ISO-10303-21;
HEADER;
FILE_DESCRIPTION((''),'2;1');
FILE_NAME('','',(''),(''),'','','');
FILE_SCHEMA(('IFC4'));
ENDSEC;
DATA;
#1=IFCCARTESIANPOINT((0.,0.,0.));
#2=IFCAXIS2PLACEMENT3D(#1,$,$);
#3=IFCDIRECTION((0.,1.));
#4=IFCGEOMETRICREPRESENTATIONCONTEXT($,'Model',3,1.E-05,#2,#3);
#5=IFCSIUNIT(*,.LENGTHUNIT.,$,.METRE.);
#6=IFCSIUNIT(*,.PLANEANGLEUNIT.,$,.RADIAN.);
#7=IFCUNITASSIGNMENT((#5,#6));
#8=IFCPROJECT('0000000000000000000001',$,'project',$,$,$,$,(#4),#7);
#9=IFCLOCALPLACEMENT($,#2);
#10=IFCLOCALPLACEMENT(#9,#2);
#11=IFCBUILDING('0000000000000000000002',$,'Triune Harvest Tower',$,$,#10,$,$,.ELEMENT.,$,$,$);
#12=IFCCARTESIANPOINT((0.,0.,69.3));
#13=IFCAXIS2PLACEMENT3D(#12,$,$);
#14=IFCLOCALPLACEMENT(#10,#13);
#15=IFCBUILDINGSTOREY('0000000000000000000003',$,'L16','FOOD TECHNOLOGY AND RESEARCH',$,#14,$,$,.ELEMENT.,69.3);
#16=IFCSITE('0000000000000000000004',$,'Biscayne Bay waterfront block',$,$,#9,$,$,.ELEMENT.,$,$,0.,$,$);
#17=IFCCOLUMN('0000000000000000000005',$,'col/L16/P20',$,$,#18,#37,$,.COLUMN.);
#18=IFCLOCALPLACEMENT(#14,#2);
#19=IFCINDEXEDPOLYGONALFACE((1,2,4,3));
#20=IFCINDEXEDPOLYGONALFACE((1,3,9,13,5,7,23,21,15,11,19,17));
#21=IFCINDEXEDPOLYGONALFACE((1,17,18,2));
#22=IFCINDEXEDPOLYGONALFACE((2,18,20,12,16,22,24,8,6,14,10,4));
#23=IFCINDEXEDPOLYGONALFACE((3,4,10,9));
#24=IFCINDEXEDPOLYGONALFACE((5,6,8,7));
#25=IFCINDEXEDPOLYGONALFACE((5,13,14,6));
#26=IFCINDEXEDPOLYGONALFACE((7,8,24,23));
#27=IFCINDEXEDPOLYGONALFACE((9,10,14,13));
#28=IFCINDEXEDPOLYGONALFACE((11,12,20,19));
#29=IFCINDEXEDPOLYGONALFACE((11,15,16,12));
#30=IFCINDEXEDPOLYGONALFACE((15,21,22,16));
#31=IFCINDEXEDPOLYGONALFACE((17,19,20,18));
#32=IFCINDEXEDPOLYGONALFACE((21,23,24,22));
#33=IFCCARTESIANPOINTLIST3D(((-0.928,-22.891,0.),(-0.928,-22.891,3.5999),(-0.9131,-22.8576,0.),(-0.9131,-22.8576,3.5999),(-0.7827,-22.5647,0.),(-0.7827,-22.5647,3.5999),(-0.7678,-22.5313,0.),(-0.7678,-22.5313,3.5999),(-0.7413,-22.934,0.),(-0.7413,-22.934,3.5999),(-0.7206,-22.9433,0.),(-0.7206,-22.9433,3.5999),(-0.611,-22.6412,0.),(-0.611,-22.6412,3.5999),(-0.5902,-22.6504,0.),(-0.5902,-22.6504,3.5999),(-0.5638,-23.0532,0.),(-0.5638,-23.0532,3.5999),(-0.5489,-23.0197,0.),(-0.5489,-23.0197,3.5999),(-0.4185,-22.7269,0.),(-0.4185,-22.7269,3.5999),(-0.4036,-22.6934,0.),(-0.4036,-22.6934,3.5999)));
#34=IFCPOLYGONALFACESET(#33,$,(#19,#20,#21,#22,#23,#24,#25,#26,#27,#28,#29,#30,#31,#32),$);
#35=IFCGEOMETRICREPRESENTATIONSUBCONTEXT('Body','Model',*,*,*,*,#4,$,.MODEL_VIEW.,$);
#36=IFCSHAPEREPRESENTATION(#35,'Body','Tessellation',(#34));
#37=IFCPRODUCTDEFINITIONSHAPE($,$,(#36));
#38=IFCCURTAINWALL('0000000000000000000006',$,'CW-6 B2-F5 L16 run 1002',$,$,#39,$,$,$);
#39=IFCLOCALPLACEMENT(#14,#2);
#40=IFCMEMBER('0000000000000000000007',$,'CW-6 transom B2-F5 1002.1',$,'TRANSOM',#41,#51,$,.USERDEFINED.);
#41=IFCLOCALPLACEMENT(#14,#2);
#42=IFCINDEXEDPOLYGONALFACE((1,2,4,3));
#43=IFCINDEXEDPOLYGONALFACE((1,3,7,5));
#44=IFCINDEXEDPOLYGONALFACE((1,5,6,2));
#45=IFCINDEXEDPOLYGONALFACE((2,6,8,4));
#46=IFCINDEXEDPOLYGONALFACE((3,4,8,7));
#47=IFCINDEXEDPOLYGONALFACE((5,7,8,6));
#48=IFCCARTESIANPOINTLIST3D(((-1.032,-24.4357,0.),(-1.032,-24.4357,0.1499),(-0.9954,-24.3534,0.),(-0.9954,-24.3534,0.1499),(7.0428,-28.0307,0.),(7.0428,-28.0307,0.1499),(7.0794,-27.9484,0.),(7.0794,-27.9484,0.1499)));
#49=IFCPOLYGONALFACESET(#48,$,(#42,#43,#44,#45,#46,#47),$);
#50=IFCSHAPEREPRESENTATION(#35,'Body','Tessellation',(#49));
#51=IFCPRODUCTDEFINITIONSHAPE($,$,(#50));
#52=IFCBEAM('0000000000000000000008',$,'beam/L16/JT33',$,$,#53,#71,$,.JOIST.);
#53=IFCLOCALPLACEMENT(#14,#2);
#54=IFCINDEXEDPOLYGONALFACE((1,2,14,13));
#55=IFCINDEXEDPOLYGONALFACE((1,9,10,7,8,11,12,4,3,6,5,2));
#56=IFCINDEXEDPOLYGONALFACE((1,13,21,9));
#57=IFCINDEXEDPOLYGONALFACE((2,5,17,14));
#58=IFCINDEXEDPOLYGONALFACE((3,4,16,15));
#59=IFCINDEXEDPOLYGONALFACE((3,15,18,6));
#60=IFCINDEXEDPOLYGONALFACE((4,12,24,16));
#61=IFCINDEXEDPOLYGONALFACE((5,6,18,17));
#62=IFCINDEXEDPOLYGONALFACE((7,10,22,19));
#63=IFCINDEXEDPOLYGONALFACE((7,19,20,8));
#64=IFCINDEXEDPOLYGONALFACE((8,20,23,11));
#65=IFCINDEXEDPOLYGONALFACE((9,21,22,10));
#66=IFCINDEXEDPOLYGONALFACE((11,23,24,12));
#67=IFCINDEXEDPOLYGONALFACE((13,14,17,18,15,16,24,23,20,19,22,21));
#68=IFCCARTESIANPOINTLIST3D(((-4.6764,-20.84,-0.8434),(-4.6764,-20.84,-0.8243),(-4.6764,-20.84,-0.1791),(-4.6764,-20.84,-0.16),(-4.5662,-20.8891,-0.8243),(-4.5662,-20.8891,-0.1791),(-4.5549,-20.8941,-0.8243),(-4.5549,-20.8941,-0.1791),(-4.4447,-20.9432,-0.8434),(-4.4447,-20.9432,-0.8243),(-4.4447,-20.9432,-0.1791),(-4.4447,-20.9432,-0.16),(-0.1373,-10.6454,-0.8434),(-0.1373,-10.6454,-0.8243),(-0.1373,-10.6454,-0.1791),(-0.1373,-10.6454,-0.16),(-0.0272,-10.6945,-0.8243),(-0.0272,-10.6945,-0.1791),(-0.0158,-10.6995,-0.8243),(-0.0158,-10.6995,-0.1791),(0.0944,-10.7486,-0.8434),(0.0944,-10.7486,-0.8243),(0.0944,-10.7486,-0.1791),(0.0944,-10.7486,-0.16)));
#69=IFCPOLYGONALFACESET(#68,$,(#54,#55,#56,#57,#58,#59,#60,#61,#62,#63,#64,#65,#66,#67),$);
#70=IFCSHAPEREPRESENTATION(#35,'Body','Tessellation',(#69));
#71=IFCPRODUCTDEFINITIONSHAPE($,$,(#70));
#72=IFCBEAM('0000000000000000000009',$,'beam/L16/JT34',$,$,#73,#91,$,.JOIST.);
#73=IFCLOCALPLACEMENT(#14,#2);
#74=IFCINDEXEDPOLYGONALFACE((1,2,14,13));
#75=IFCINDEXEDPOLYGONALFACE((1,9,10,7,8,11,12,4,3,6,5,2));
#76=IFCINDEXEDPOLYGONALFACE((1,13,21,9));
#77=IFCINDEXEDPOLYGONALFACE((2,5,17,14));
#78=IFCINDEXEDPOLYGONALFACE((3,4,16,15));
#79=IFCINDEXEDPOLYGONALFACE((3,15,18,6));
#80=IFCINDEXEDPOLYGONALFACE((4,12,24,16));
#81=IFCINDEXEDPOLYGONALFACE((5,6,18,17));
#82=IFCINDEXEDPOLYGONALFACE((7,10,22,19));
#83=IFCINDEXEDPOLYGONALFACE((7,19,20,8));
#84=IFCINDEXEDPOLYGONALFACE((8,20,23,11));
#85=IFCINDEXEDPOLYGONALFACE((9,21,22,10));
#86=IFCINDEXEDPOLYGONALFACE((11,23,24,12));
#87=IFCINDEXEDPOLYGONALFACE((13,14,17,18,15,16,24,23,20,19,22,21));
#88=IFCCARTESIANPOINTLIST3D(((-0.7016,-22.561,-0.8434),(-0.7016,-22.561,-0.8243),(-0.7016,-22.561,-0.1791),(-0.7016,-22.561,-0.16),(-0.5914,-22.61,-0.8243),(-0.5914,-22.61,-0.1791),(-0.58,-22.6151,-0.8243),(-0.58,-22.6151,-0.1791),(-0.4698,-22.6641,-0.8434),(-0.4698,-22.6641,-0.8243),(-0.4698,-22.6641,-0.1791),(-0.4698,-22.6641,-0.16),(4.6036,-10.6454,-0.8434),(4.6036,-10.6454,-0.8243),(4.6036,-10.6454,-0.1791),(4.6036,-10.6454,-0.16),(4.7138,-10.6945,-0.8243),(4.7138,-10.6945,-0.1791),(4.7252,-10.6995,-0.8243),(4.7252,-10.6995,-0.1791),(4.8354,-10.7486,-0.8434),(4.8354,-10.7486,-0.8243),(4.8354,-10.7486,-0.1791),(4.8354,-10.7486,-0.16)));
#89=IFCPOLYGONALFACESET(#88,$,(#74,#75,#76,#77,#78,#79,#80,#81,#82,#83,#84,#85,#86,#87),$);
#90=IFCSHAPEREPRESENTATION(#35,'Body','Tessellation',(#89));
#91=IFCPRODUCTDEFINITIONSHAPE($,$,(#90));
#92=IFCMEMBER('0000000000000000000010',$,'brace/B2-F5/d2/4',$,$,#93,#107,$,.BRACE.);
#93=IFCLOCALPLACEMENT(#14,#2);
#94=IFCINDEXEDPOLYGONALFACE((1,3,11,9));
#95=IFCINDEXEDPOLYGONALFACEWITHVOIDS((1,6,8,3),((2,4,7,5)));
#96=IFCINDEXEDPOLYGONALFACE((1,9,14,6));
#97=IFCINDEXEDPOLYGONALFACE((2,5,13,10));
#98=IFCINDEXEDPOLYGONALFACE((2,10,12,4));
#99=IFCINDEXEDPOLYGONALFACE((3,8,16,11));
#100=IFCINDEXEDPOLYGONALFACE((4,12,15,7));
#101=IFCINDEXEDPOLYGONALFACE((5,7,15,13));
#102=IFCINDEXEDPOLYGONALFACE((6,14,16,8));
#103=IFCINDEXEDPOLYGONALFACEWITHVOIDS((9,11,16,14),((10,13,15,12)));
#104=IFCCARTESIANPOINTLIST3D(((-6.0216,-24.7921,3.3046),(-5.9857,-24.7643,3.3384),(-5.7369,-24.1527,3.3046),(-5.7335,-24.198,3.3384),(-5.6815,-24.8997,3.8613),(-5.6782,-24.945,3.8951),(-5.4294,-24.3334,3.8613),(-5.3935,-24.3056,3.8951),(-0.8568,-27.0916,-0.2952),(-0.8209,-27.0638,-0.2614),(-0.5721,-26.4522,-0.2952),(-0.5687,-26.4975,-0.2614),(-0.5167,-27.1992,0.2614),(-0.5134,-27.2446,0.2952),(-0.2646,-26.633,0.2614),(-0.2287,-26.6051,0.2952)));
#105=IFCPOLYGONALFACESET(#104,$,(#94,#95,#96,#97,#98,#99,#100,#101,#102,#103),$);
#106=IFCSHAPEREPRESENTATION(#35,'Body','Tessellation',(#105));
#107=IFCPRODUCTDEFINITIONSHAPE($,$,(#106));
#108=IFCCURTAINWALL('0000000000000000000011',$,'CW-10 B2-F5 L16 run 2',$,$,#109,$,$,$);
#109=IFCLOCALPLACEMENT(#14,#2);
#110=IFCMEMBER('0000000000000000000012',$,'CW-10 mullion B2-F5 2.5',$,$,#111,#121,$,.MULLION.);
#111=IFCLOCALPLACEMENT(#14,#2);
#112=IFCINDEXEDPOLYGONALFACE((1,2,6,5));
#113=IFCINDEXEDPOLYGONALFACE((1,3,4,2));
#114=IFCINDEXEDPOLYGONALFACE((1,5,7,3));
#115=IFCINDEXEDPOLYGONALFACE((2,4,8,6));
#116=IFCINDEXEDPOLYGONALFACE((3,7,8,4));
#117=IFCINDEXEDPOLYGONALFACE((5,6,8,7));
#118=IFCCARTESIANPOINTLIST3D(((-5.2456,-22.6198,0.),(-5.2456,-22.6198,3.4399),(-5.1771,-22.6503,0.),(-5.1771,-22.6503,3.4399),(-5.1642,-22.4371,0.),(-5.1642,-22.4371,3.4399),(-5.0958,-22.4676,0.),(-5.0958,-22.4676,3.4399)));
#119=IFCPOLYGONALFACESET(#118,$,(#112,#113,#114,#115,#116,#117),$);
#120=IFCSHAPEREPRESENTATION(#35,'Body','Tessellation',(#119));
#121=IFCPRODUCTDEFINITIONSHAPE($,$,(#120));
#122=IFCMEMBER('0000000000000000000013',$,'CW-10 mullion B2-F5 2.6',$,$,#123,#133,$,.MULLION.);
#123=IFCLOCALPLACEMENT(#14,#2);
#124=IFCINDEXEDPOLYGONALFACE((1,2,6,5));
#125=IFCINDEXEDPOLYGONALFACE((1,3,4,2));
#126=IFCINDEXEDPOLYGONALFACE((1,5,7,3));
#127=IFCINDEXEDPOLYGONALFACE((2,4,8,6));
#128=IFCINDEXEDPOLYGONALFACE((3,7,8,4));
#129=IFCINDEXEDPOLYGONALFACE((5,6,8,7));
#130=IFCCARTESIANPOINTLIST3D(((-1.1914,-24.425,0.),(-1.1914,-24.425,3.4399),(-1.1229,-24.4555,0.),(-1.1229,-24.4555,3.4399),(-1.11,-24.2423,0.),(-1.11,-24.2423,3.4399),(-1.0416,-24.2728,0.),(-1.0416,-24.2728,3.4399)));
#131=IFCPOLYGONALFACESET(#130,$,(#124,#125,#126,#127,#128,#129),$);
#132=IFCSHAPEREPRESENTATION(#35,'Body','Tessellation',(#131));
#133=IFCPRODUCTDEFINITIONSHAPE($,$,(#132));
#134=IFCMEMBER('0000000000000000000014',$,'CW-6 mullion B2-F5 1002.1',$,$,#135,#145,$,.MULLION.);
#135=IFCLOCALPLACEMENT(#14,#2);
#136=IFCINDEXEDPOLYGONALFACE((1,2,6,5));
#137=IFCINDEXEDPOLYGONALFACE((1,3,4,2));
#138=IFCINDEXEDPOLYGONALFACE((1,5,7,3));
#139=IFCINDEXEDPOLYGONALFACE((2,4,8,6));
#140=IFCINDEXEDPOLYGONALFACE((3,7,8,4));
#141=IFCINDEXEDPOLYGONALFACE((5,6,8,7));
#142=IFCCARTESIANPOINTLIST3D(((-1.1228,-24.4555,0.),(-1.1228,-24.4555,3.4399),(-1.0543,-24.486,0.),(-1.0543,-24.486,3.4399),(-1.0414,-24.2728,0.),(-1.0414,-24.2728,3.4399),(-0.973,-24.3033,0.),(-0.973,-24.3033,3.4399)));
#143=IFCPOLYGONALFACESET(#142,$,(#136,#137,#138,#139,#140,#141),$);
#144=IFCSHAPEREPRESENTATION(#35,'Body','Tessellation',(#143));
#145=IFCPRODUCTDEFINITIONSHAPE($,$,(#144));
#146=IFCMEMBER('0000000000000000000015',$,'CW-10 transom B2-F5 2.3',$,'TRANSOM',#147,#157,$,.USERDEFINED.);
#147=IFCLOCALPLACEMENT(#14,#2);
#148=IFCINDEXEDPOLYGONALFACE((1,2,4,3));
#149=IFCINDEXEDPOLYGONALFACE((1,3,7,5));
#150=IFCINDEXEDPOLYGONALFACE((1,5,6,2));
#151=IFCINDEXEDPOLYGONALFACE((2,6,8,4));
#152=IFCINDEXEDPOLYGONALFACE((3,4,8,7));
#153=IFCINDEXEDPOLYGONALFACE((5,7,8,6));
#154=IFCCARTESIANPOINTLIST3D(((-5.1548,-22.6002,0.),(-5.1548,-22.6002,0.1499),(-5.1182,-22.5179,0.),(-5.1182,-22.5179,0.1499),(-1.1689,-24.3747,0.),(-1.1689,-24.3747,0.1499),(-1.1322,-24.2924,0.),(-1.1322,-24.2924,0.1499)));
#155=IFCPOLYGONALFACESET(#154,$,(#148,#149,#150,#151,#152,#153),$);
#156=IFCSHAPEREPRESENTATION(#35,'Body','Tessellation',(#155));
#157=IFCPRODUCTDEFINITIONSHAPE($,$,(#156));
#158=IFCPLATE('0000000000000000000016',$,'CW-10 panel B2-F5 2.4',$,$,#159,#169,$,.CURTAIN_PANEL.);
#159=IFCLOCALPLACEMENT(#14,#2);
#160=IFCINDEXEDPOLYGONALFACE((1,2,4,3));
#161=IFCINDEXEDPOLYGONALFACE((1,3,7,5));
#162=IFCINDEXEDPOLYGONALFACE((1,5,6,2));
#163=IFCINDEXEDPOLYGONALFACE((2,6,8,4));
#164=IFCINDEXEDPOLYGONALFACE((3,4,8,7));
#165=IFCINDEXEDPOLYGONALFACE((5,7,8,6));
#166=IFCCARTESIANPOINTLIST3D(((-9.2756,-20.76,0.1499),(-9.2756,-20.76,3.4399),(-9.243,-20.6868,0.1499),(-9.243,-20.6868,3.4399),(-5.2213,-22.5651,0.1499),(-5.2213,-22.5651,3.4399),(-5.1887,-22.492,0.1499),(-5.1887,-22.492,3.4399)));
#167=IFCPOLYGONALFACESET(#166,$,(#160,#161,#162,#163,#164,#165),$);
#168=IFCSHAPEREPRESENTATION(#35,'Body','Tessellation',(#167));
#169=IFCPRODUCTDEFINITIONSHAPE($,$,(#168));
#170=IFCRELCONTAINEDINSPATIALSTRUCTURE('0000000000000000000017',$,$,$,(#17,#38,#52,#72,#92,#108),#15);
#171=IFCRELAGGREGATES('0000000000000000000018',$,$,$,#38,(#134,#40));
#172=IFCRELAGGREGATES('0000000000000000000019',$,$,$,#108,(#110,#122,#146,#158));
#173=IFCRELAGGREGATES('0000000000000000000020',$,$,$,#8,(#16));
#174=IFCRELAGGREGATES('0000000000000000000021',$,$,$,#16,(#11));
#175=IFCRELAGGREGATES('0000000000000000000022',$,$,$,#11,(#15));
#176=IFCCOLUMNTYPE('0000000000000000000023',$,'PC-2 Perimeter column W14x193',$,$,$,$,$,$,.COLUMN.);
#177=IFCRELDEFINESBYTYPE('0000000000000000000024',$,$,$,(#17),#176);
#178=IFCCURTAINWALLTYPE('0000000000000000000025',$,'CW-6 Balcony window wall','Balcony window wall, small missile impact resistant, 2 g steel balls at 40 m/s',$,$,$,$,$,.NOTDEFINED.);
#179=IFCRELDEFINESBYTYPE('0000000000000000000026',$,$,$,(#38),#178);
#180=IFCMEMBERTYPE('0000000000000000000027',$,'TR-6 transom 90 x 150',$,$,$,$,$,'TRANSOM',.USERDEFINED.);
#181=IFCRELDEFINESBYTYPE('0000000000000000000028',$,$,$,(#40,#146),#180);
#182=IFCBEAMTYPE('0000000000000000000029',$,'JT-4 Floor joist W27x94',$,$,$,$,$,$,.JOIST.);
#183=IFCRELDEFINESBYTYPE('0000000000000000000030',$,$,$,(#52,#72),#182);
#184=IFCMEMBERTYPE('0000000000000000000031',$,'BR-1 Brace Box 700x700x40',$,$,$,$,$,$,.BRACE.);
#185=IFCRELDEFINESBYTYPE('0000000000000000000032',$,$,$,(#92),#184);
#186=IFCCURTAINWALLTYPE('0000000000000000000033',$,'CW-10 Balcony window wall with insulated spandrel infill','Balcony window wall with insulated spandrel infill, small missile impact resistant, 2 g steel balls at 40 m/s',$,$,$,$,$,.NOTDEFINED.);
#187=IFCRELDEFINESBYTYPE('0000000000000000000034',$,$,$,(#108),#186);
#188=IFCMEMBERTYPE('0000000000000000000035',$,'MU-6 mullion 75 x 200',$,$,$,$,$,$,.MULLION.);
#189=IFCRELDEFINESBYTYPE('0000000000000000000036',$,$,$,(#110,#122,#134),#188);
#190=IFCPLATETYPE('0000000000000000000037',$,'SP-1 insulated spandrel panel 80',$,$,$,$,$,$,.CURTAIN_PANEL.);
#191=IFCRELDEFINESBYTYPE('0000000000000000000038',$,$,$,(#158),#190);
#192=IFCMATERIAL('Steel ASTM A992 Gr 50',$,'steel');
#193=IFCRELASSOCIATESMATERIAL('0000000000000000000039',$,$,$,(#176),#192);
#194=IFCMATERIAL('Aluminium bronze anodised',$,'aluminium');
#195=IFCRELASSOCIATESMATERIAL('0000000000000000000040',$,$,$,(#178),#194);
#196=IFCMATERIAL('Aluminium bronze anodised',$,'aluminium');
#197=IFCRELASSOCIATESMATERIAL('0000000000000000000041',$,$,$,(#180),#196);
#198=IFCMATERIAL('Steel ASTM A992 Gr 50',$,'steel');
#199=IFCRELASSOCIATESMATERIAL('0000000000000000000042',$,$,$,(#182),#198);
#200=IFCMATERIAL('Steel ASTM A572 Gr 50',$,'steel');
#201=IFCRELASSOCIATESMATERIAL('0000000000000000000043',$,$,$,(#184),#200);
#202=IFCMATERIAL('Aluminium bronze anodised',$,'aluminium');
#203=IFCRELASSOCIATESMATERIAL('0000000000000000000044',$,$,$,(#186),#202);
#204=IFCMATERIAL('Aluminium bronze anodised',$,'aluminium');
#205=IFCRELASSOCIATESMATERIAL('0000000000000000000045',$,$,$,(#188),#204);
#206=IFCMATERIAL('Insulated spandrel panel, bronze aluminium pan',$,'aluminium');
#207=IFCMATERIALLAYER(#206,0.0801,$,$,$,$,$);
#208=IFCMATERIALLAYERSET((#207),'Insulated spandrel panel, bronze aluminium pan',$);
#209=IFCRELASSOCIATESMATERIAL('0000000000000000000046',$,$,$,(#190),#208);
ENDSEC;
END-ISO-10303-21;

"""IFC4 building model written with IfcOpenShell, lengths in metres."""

from ifc_helpers import new_model, si_unit, direction, frame, origin, origin_2d, place, context, subcontext, project, spatial, rectangle, hollow_rectangle, i_section, extrude, source, transform, mapped, material, layer, layer_set, material_profile, profile_set, type_object, element, aggregate, save


model = new_model("IFC4")

# Units and contexts
model_context = context("Model", 3, precision=1e-05, world=origin(), true_north=direction((0.0, 1.0)))
body_context = subcontext(model_context, "Body", "Model", "MODEL_VIEW")
ifc_project = project(units=[si_unit("LENGTHUNIT", "METRE"), si_unit("PLANEANGLEUNIT", "RADIAN")], contexts=[model_context])

# Site, building, storey
site_placement = place(None, origin())
site = spatial("IfcSite", under=ifc_project, at=site_placement, Name="Biscayne Bay waterfront block", CompositionType="ELEMENT", RefElevation=0.0)
building_placement = place(site_placement, origin())
building = spatial("IfcBuilding", under=site, at=building_placement, Name="Triune Harvest Tower", CompositionType="ELEMENT")
storey_placement = place(building_placement, frame((0.0, 0.0, 69.3)))
storey = spatial("IfcBuildingStorey", under=building, at=storey_placement, Name="L16", Description="FOOD TECHNOLOGY AND RESEARCH", CompositionType="ELEMENT", Elevation=69.3)

# Column
ifc_material_1 = material(Name="Steel ASTM A992 Gr 50", Category="steel")
ifc_material_profile_1 = material_profile(ifc_material_1, i_section(OverallWidth=0.3987, OverallDepth=0.3938, WebThickness=0.0227, FlangeThickness=0.0366, at=origin_2d()), Name="W14x193")
ifc_profile_set_1 = profile_set([ifc_material_profile_1], Name="Steel ASTM A992 Gr 50")
column_type = type_object("IfcColumnType", Name="PC-2 Perimeter column W14x193", PredefinedType="COLUMN", material=ifc_profile_set_1)
shared_shape_1 = source(origin(), body_context, "Body", "SweptSolid", [
    extrude(i_section(OverallWidth=0.3987, OverallDepth=0.3938, WebThickness=0.0227, FlangeThickness=0.0366, at=origin_2d()), origin(), (0.0, 0.0, 1.0), 3.5999),
])
column_placement = place(storey_placement, frame((-0.6658, -22.7922, 0.0), z_axis=(0.0, 0.0, 1.0), x_axis=(0.913545, -0.406737, 0.0)))
element("IfcColumn", 1, at=column_placement, inside=storey, type_object=column_type, Name="col/L16/P20", PredefinedType="COLUMN", context=body_context, shape_type="MappedRepresentation", body=[
    mapped(shared_shape_1, transform((0.0, 0.0, 0.0), scale=1.0)),
])

# Curtain wall, member
ifc_material_2 = material(Name="Aluminium bronze anodised", Category="aluminium")
curtain_wall_type_1 = type_object("IfcCurtainWallType", Name="CW-6 Balcony window wall", Description="Balcony window wall, small missile impact resistant, 2 g steel balls at 40 m/s", PredefinedType="NOTDEFINED", material=ifc_material_2)
curtain_wall_1_placement = place(storey_placement, origin())
curtain_wall_1 = element("IfcCurtainWall", 2, at=curtain_wall_1_placement, inside=storey, type_object=curtain_wall_type_1, Name="CW-6 B2-F5 L16 run 1002")
ifc_material_3 = material(Name="Aluminium bronze anodised", Category="aluminium")
ifc_material_profile_2 = material_profile(ifc_material_3, rectangle(XDim=0.0901, YDim=0.1499, at=origin_2d()), Name="TR-6 transom 90 x 150")
ifc_profile_set_2 = profile_set([ifc_material_profile_2], Name="Aluminium bronze anodised")
member_type_1 = type_object("IfcMemberType", Name="TR-6 transom 90 x 150", ElementType="TRANSOM", PredefinedType="USERDEFINED", material=ifc_profile_set_2)
member_1_placement = place(storey_placement, frame((-1.0137, -24.3945, 0.075), z_axis=(0.913551, -0.406725, 0.0), x_axis=(0.406725, 0.913551, 0.0)))
member_1 = element("IfcMember", 3, at=member_1_placement, type_object=member_type_1, Name="CW-6 transom B2-F5 1002.1", ObjectType="TRANSOM", PredefinedType="USERDEFINED", context=body_context, shape_type="SweptSolid", body=[
    extrude(rectangle(XDim=0.0901, YDim=0.1499, at=origin_2d()), origin(), (0.0, 0.0, 1.0), 8.8389),
])

# Beams
ifc_material_4 = material(Name="Steel ASTM A992 Gr 50", Category="steel")
ifc_material_profile_3 = material_profile(ifc_material_4, i_section(OverallWidth=0.2537, OverallDepth=0.6833, WebThickness=0.0125, FlangeThickness=0.019, at=origin_2d()), Name="W27x94")
ifc_profile_set_3 = profile_set([ifc_material_profile_3], Name="Steel ASTM A992 Gr 50")
beam_type = type_object("IfcBeamType", Name="JT-4 Floor joist W27x94", PredefinedType="JOIST", material=ifc_profile_set_3)
shared_shape_2 = source(origin(), body_context, "Body", "SweptSolid", [
    extrude(i_section(OverallWidth=0.2537, OverallDepth=0.6833, WebThickness=0.0125, FlangeThickness=0.019, at=origin_2d()), origin(), (0.0, 0.0, 1.0), 11.1594),
])
beam_1_placement = place(storey_placement, frame((-4.5605, -20.8916, -0.5017), z_axis=(0.406747, 0.913541, 0.0), x_axis=(-0.913541, 0.406747, 0.0)))
element("IfcBeam", 4, at=beam_1_placement, inside=storey, type_object=beam_type, Name="beam/L16/JT33", PredefinedType="JOIST", context=body_context, shape_type="MappedRepresentation", body=[
    mapped(shared_shape_2, transform((0.0, 0.0, 0.0), scale=1.0)),
])
shared_shape_3 = source(origin(), body_context, "Body", "SweptSolid", [
    extrude(i_section(OverallWidth=0.2537, OverallDepth=0.6833, WebThickness=0.0125, FlangeThickness=0.019, at=origin_2d()), origin(), (0.0, 0.0, 1.0), 13.0432),
])
beam_2_placement = place(storey_placement, frame((-0.5857, -22.6125, -0.5017), z_axis=(0.406739, 0.913544, 0.0), x_axis=(-0.913544, 0.406739, 0.0)))
element("IfcBeam", 5, at=beam_2_placement, inside=storey, type_object=beam_type, Name="beam/L16/JT34", PredefinedType="JOIST", context=body_context, shape_type="MappedRepresentation", body=[
    mapped(shared_shape_3, transform((0.0, 0.0, 0.0), scale=1.0)),
])

# Member
ifc_material_5 = material(Name="Steel ASTM A572 Gr 50", Category="steel")
ifc_material_profile_4 = material_profile(ifc_material_5, hollow_rectangle(XDim=0.7, YDim=0.7, WallThickness=0.04, at=origin_2d()), Name="Box 700x700x40")
ifc_profile_set_4 = profile_set([ifc_material_profile_4], Name="Steel ASTM A572 Gr 50")
member_type_2 = type_object("IfcMemberType", Name="BR-1 Brace Box 700x700x40", PredefinedType="BRACE", material=ifc_profile_set_4)
shared_shape_4 = source(origin(), body_context, "Body", "SweptSolid", [
    extrude(hollow_rectangle(XDim=0.7, YDim=0.7, WallThickness=0.04, at=origin_2d()), origin(), (0.0, 0.0, 1.0), 6.7024),
])
member_2_placement = place(storey_placement, frame((-0.5427, -26.8484, 0.0), z_axis=(-0.77059, 0.343096, 0.5371), x_axis=(-0.406743, -0.913542, 0.0)))
element("IfcMember", 6, at=member_2_placement, inside=storey, type_object=member_type_2, Name="brace/B2-F5/d2/4", PredefinedType="BRACE", context=body_context, shape_type="MappedRepresentation", body=[
    mapped(shared_shape_4, transform((0.0, 0.0, 0.0), scale=1.0)),
])

# Curtain wall, members
ifc_material_6 = material(Name="Aluminium bronze anodised", Category="aluminium")
curtain_wall_type_2 = type_object("IfcCurtainWallType", Name="CW-10 Balcony window wall with insulated spandrel infill", Description="Balcony window wall with insulated spandrel infill, small missile impact resistant, 2 g steel balls at 40 m/s", PredefinedType="NOTDEFINED", material=ifc_material_6)
curtain_wall_2_placement = place(storey_placement, origin())
curtain_wall_2 = element("IfcCurtainWall", 7, at=curtain_wall_2_placement, inside=storey, type_object=curtain_wall_type_2, Name="CW-10 B2-F5 L16 run 2")
ifc_material_7 = material(Name="Aluminium bronze anodised", Category="aluminium")
ifc_material_profile_5 = material_profile(ifc_material_7, rectangle(XDim=0.2, YDim=0.075, at=origin_2d()), Name="MU-6 mullion 75 x 200")
ifc_profile_set_5 = profile_set([ifc_material_profile_5], Name="Aluminium bronze anodised")
member_type_3 = type_object("IfcMemberType", Name="MU-6 mullion 75 x 200", PredefinedType="MULLION", material=ifc_profile_set_5)
shared_shape_5 = source(origin(), body_context, "Body", "SweptSolid", [
    extrude(rectangle(XDim=0.2, YDim=0.075, at=origin_2d()), origin(), (0.0, 0.0, 1.0), 3.4399),
])
member_3_placement = place(storey_placement, frame((-5.1707, -22.5437, 0.0), z_axis=(0.0, 0.0, 1.0), x_axis=(0.406739, 0.913544, 0.0)))
member_3 = element("IfcMember", 8, at=member_3_placement, type_object=member_type_3, Name="CW-10 mullion B2-F5 2.5", PredefinedType="MULLION", context=body_context, shape_type="MappedRepresentation", body=[
    mapped(shared_shape_5, transform((0.0, 0.0, 0.0), scale=1.0)),
])
member_4_placement = place(storey_placement, frame((-1.1165, -24.3489, 0.0), z_axis=(0.0, 0.0, 1.0), x_axis=(0.406739, 0.913544, 0.0)))
member_4 = element("IfcMember", 9, at=member_4_placement, type_object=member_type_3, Name="CW-10 mullion B2-F5 2.6", PredefinedType="MULLION", context=body_context, shape_type="MappedRepresentation", body=[
    mapped(shared_shape_5, transform((0.0, 0.0, 0.0), scale=1.0)),
])

# Members
member_5_placement = place(storey_placement, frame((-1.0479, -24.3794, 0.0), z_axis=(0.0, 0.0, 1.0), x_axis=(0.406735, 0.913546, 0.0)))
member_5 = element("IfcMember", 10, at=member_5_placement, type_object=member_type_3, Name="CW-6 mullion B2-F5 1002.1", PredefinedType="MULLION", context=body_context, shape_type="MappedRepresentation", body=[
    mapped(shared_shape_5, transform((0.0, 0.0, 0.0), scale=1.0)),
])
aggregate(curtain_wall_1, [member_5, member_1])
shared_shape_6 = source(origin(), body_context, "Body", "SweptSolid", [
    extrude(rectangle(XDim=0.0901, YDim=0.1499, at=origin_2d()), origin(), (0.0, 0.0, 1.0), 4.363),
])
member_6_placement = place(storey_placement, frame((-5.1365, -22.5591, 0.075), z_axis=(0.913562, -0.406699, 0.0), x_axis=(0.406699, 0.913562, 0.0)))
member_6 = element("IfcMember", 11, at=member_6_placement, type_object=member_type_1, Name="CW-10 transom B2-F5 2.3", ObjectType="TRANSOM", PredefinedType="USERDEFINED", context=body_context, shape_type="MappedRepresentation", body=[
    mapped(shared_shape_6, transform((0.0, 0.0, 0.0), scale=1.0)),
])

# Plate
ifc_material_8 = material(Name="Insulated spandrel panel, bronze aluminium pan", Category="aluminium")
ifc_layer_1 = layer(ifc_material_8, 0.0801)
ifc_layer_set_1 = layer_set([ifc_layer_1], Name="Insulated spandrel panel, bronze aluminium pan")
plate_type = type_object("IfcPlateType", Name="SP-1 insulated spandrel panel 80", PredefinedType="CURTAIN_PANEL", material=ifc_layer_set_1)
shared_shape_7 = source(origin(), body_context, "Body", "SweptSolid", [
    extrude(rectangle(XDim=4.438, YDim=0.0801, at=origin_2d()), origin(), (0.0, 0.0, 1.0), 3.29),
])
plate_1_placement = place(storey_placement, frame((-7.2322, -21.626, 0.1499), z_axis=(0.0, 0.0, 1.0), x_axis=(0.913544, -0.406739, 0.0)))
plate_1 = element("IfcPlate", 12, at=plate_1_placement, type_object=plate_type, Name="CW-10 panel B2-F5 2.4", PredefinedType="CURTAIN_PANEL", context=body_context, shape_type="MappedRepresentation", body=[
    mapped(shared_shape_7, transform((0.0, 0.0, 0.0), scale=1.0)),
])
aggregate(curtain_wall_2, [member_3, member_4, member_6, plate_1])

save(model, "model.ifc")
